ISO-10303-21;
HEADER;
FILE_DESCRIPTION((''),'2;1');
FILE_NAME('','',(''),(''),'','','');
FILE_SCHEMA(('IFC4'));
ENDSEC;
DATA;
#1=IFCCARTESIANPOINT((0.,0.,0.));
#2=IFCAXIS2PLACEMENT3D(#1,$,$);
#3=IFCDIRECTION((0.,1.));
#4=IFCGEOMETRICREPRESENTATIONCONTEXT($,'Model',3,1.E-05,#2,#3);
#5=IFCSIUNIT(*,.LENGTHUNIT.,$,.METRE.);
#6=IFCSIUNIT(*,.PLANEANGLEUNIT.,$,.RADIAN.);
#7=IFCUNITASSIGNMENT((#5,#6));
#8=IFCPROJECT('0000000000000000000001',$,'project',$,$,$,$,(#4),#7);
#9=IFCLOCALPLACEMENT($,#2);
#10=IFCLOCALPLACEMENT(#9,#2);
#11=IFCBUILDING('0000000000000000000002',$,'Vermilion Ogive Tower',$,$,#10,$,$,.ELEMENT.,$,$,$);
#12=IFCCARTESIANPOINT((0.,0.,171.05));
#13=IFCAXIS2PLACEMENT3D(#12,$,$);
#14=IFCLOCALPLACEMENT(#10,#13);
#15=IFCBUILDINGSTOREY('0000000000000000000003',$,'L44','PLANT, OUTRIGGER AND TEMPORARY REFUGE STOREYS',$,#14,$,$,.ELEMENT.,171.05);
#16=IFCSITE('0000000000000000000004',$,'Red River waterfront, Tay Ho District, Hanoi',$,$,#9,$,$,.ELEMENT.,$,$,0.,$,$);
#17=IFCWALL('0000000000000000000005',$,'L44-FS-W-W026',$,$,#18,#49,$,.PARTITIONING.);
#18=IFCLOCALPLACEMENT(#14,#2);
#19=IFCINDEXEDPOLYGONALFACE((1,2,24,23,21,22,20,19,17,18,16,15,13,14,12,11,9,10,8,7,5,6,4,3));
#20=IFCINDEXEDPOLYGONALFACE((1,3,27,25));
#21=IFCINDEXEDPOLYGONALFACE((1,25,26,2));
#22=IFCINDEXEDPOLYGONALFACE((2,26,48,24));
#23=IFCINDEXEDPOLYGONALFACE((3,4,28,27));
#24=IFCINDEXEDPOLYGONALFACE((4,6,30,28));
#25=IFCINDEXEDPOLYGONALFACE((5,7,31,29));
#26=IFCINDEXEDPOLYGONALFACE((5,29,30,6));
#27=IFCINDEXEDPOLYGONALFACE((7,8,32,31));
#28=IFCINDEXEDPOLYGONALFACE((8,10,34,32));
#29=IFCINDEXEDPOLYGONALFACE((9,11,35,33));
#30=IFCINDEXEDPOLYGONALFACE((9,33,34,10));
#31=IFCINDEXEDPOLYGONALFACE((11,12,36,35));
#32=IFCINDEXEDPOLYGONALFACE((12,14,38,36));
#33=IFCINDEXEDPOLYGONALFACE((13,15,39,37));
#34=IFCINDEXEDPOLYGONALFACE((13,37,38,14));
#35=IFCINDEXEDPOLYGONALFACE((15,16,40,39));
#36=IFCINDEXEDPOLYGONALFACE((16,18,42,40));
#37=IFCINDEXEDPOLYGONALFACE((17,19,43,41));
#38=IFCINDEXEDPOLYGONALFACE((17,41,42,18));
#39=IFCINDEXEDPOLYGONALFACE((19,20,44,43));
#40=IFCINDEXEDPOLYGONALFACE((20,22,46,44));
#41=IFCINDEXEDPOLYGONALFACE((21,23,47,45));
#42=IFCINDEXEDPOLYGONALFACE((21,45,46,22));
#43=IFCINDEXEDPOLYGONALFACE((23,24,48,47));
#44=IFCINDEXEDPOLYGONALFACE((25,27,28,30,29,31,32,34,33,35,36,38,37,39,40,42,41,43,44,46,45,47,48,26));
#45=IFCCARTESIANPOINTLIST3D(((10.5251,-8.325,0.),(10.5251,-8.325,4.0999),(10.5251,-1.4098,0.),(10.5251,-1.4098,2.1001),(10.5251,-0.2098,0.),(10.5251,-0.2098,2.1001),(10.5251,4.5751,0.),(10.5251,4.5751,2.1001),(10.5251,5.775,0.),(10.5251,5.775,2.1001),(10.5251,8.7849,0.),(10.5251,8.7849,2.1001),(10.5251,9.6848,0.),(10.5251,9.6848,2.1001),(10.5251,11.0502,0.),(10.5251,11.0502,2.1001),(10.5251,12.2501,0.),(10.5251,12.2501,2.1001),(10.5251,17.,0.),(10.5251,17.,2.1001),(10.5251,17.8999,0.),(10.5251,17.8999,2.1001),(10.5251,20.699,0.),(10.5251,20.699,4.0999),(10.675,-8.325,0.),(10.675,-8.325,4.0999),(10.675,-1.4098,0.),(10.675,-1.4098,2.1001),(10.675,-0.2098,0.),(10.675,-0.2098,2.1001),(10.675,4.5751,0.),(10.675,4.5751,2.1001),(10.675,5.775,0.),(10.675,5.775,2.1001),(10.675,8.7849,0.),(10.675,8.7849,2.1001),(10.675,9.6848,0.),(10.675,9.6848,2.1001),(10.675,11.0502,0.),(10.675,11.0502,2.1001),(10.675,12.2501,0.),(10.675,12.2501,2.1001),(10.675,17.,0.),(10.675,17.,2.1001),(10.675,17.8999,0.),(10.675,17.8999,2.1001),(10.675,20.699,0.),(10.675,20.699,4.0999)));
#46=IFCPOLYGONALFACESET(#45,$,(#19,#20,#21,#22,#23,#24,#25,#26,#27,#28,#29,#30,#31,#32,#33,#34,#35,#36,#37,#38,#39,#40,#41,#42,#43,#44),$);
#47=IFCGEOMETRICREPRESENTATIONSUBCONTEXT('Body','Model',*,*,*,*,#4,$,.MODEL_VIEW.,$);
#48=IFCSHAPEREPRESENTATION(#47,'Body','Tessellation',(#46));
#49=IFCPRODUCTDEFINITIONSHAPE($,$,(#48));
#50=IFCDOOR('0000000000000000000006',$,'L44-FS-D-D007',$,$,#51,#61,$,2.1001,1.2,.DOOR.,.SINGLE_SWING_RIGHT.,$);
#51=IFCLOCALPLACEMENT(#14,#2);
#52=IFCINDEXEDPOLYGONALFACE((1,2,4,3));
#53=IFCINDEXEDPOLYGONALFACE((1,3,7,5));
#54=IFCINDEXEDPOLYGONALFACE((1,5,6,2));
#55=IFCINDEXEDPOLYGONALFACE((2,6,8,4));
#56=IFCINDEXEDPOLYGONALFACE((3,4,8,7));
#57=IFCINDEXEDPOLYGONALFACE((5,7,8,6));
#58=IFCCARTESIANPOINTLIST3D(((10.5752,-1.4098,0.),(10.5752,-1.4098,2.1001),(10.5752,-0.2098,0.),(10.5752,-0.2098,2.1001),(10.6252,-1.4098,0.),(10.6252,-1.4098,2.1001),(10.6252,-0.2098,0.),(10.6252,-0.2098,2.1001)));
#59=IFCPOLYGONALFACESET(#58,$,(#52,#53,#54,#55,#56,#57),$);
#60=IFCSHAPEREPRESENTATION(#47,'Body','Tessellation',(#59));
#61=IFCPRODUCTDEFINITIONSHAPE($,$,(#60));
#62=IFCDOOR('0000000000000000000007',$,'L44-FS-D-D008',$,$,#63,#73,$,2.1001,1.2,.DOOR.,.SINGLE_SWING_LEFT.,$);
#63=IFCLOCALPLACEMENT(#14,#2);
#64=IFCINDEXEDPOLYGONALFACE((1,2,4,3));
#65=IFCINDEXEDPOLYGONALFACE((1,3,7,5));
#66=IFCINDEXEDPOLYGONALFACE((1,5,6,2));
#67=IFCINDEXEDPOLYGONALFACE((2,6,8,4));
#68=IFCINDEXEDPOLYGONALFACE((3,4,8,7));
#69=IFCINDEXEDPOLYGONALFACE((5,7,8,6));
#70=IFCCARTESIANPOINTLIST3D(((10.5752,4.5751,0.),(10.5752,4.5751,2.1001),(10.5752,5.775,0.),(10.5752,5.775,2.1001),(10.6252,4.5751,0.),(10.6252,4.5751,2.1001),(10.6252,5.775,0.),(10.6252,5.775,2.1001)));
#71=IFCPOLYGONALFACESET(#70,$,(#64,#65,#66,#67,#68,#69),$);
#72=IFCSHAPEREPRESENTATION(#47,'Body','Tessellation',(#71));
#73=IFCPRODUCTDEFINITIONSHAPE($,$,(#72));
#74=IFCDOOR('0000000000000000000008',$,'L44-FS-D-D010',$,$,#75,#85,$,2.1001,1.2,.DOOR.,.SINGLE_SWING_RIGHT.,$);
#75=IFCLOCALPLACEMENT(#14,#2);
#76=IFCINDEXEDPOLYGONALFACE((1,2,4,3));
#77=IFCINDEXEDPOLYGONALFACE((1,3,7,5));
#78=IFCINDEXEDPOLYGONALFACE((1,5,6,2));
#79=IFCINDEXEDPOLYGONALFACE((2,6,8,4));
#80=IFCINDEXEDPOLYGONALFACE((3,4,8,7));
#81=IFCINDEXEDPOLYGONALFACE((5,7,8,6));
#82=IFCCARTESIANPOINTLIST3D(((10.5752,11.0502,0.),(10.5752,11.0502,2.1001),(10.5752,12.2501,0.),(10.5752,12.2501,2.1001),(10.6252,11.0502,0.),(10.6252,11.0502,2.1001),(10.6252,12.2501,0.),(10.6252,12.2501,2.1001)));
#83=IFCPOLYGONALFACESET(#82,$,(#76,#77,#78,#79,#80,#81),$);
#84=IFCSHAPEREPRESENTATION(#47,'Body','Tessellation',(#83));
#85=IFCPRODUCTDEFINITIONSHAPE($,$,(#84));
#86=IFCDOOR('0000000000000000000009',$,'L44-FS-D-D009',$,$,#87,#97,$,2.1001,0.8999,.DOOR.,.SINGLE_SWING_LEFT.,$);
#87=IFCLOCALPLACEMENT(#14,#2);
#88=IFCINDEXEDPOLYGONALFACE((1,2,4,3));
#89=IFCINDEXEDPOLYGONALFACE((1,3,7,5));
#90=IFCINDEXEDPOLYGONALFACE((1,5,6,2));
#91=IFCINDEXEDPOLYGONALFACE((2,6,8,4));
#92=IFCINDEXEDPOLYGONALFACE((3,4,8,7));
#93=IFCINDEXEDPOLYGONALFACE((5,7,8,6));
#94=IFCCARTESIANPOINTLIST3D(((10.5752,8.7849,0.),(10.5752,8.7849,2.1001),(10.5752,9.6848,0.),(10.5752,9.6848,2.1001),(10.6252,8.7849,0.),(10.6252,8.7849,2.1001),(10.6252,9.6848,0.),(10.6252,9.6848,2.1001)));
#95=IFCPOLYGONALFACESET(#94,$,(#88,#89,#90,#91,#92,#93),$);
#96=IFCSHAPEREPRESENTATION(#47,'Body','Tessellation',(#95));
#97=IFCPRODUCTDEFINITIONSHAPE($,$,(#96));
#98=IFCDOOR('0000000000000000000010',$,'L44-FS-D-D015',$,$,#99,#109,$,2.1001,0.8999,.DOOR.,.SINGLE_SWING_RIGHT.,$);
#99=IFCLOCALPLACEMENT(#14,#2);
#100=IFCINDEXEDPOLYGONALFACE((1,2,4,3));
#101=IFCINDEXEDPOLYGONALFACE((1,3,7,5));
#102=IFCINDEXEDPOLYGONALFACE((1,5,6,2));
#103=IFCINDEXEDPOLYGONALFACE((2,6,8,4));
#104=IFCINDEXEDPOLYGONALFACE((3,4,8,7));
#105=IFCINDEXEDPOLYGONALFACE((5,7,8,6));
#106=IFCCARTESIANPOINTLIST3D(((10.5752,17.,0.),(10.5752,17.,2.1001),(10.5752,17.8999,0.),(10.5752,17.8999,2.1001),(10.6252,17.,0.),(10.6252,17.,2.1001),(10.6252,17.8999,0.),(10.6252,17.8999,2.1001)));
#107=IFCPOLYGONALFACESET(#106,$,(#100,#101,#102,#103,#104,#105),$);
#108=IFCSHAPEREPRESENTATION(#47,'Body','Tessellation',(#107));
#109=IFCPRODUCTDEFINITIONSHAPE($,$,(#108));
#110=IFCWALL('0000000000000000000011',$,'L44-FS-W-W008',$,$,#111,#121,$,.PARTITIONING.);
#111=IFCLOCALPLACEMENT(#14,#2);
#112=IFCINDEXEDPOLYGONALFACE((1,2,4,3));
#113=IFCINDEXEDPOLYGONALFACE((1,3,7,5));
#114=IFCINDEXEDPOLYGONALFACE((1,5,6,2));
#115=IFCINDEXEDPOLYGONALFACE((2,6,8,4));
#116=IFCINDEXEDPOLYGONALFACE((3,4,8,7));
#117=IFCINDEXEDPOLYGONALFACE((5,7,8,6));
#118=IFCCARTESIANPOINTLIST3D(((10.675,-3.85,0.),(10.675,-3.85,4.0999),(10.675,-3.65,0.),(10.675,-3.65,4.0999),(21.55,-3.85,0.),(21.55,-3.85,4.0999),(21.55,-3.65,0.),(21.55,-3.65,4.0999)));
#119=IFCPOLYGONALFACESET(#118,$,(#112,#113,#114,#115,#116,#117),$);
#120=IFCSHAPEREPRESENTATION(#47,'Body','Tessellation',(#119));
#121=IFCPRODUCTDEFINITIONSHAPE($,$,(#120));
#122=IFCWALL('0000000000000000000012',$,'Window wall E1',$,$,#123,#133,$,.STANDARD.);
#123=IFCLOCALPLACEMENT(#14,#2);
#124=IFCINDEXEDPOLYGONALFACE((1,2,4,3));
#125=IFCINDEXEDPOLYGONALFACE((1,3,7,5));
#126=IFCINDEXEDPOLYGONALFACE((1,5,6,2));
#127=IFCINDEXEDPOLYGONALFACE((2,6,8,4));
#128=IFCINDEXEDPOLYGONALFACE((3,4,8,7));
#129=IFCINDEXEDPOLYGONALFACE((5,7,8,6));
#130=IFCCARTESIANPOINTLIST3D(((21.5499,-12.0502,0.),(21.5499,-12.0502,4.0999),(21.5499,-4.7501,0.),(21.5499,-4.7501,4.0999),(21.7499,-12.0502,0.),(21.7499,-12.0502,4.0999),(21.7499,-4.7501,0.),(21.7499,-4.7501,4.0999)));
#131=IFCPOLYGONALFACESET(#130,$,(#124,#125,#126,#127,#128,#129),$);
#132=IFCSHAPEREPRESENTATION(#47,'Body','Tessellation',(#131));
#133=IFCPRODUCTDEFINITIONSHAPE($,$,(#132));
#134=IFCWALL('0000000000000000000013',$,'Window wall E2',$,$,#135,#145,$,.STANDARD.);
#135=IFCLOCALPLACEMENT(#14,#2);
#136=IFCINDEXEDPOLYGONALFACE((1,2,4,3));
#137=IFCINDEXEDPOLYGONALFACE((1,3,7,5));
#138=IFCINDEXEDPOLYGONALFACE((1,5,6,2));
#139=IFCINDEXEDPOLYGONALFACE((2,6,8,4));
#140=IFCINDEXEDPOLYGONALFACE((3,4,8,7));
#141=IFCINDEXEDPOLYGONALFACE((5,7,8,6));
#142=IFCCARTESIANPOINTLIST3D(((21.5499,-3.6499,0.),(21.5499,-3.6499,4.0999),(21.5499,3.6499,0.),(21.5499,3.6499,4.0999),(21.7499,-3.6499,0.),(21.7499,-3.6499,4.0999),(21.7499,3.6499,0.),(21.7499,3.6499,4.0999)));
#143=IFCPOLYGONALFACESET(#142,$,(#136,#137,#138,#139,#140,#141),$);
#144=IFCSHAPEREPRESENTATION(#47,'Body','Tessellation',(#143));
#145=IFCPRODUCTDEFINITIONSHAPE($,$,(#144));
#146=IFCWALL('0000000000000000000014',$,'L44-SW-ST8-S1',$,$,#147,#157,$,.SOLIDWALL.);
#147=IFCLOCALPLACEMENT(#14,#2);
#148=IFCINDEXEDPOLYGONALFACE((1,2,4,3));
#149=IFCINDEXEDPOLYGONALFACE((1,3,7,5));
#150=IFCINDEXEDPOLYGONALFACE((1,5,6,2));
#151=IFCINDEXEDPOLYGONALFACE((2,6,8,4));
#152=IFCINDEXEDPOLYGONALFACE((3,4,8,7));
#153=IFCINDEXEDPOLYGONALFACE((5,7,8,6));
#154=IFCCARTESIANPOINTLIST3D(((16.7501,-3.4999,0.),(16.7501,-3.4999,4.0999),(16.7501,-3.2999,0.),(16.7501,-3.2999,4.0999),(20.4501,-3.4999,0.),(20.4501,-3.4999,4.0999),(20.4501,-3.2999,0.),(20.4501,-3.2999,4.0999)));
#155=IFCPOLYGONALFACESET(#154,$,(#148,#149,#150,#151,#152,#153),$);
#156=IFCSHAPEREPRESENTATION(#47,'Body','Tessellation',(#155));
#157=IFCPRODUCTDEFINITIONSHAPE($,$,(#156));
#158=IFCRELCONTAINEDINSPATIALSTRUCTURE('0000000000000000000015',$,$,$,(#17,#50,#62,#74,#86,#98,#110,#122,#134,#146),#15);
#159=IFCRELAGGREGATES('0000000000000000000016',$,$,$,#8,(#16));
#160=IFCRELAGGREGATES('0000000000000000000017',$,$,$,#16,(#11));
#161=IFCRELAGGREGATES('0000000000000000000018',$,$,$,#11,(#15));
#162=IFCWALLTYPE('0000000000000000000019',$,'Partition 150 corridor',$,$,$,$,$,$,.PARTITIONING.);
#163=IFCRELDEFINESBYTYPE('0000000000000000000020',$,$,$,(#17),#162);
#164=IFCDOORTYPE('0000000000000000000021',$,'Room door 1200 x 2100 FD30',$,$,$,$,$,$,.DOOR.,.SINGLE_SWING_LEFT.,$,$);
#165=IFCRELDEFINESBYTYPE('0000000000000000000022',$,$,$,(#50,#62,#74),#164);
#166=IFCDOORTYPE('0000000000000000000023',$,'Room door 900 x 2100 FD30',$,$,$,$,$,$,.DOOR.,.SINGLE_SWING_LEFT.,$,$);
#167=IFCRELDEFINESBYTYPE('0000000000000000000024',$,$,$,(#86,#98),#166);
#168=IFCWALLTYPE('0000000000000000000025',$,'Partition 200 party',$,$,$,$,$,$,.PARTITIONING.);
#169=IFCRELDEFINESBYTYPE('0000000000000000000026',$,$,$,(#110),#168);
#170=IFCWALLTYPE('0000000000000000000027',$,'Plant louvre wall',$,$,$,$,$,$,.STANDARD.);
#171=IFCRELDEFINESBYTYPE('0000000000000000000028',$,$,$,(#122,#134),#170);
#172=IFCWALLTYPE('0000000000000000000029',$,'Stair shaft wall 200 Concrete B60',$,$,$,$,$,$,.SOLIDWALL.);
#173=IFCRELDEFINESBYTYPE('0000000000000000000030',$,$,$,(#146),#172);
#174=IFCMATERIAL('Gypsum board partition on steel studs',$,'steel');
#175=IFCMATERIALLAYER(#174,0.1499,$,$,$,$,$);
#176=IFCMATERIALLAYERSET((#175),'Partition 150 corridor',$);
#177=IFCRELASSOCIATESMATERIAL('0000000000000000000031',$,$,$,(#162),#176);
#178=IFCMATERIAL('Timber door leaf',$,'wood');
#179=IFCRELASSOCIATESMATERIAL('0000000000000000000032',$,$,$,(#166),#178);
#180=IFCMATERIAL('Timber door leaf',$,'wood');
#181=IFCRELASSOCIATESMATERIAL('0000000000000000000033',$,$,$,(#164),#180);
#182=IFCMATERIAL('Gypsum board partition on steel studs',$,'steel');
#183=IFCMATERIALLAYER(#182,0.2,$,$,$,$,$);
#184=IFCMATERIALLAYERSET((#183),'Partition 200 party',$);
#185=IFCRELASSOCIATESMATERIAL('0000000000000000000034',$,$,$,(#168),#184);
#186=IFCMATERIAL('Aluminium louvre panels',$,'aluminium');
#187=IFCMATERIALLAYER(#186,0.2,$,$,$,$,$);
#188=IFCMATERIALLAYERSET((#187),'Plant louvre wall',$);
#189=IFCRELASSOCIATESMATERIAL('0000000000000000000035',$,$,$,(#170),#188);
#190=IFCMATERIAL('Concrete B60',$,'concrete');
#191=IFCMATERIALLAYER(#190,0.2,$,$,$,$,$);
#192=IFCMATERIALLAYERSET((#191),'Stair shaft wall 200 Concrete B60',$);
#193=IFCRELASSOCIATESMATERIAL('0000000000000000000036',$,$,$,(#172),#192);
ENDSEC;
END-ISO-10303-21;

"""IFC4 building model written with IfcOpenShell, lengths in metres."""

from ifc_helpers import new_model, si_unit, direction, frame, frame_2d, origin, place, context, subcontext, project, spatial, rectangle, extrude, material, layer, layer_set, type_object, element, fill, save


model = new_model("IFC4")

# Units and contexts
model_context = context("Model", 3, precision=1e-05, world=origin(), true_north=direction((0.0, 1.0)))
body_context = subcontext(model_context, "Body", "Model", "MODEL_VIEW")
ifc_project = project(units=[si_unit("LENGTHUNIT", "METRE"), si_unit("PLANEANGLEUNIT", "RADIAN")], contexts=[model_context])

# Site, building, storey
site_placement = place(None, origin())
site = spatial("IfcSite", under=ifc_project, at=site_placement, Name="Red River waterfront, Tay Ho District, Hanoi", CompositionType="ELEMENT", RefElevation=0.0)
building_placement = place(site_placement, origin())
building = spatial("IfcBuilding", under=site, at=building_placement, Name="Vermilion Ogive Tower", CompositionType="ELEMENT")
storey_placement = place(building_placement, frame((0.0, 0.0, 171.05)))
storey = spatial("IfcBuildingStorey", under=building, at=storey_placement, Name="L44", Description="PLANT, OUTRIGGER AND TEMPORARY REFUGE STOREYS", CompositionType="ELEMENT", Elevation=171.05)

# Shared definitions
ifc_material_1 = material(Name="Gypsum board partition on steel studs", Category="steel")
ifc_layer_1 = layer(ifc_material_1, 0.1499)
ifc_layer_set_1 = layer_set([ifc_layer_1], Name="Partition 150 corridor")
wall_type_1 = type_object("IfcWallType", Name="Partition 150 corridor", PredefinedType="PARTITIONING", material=ifc_layer_set_1)
ifc_material_2 = material(Name="Timber door leaf", Category="wood")
door_type_1 = type_object("IfcDoorType", Name="Room door 900 x 2100 FD30", OperationType="SINGLE_SWING_LEFT", PredefinedType="DOOR", material=ifc_material_2)

# Wall, openings, doors
wall_1_placement = place(storey_placement, frame((10.6001, -8.325, 0.0), z_axis=(0.0, 0.0, 1.0), x_axis=(0.0, 1.0, 0.0)))
wall_1 = element("IfcWall", 1, at=wall_1_placement, inside=storey, type_object=wall_type_1, Name="L44-FS-W-W026", PredefinedType="PARTITIONING", context=body_context, shape_type="SweptSolid", body=[
    extrude(rectangle(XDim=29.0239, YDim=0.1499, at=frame_2d((14.512, 0.0))), origin(), (0.0, 0.0, 1.0), 4.0999),
])
opening_1_placement = place(wall_1_placement, frame((6.915, 0.0, 0.0)))
opening_1 = element("IfcOpeningElement", 2, at=opening_1_placement, cuts=wall_1, PredefinedType="OPENING", context=body_context, shape_type="SweptSolid", body=[
    extrude(rectangle(XDim=1.2, YDim=2.1001, at=frame_2d((0.6001, 1.05))), frame((0.0, 0.085, 0.0), z_axis=(0.0, -1.0, 0.0), x_axis=(1.0, 0.0, 0.0)), (0.0, 0.0, 1.0), 0.1699),
])
opening_2_placement = place(wall_1_placement, frame((12.8999, 0.0, 0.0)))
opening_2 = element("IfcOpeningElement", 3, at=opening_2_placement, cuts=wall_1, PredefinedType="OPENING", context=body_context, shape_type="SweptSolid", body=[
    extrude(rectangle(XDim=1.2, YDim=2.1001, at=frame_2d((0.6001, 1.05))), frame((0.0, 0.085, 0.0), z_axis=(0.0, -1.0, 0.0), x_axis=(1.0, 0.0, 0.0)), (0.0, 0.0, 1.0), 0.1699),
])
opening_3_placement = place(wall_1_placement, frame((17.1099, 0.0, 0.0)))
opening_3 = element("IfcOpeningElement", 4, at=opening_3_placement, cuts=wall_1, PredefinedType="OPENING", context=body_context, shape_type="SweptSolid", body=[
    extrude(rectangle(XDim=0.8999, YDim=2.1001, at=frame_2d((0.45, 1.05))), frame((0.0, 0.085, 0.0), z_axis=(0.0, -1.0, 0.0), x_axis=(1.0, 0.0, 0.0)), (0.0, 0.0, 1.0), 0.1699),
])
opening_4_placement = place(wall_1_placement, frame((19.375, 0.0, 0.0)))
opening_4 = element("IfcOpeningElement", 5, at=opening_4_placement, cuts=wall_1, PredefinedType="OPENING", context=body_context, shape_type="SweptSolid", body=[
    extrude(rectangle(XDim=1.2, YDim=2.1001, at=frame_2d((0.6001, 1.05))), frame((0.0, 0.085, 0.0), z_axis=(0.0, -1.0, 0.0), x_axis=(1.0, 0.0, 0.0)), (0.0, 0.0, 1.0), 0.1699),
])
opening_5_placement = place(wall_1_placement, frame((25.325, 0.0, 0.0)))
opening_5 = element("IfcOpeningElement", 6, at=opening_5_placement, cuts=wall_1, PredefinedType="OPENING", context=body_context, shape_type="SweptSolid", body=[
    extrude(rectangle(XDim=0.8999, YDim=2.1001, at=frame_2d((0.45, 1.05))), frame((0.0, 0.085, 0.0), z_axis=(0.0, -1.0, 0.0), x_axis=(1.0, 0.0, 0.0)), (0.0, 0.0, 1.0), 0.1699),
])
ifc_material_3 = material(Name="Timber door leaf", Category="wood")
door_type_2 = type_object("IfcDoorType", Name="Room door 1200 x 2100 FD30", OperationType="SINGLE_SWING_LEFT", PredefinedType="DOOR", material=ifc_material_3)
door_1_placement = place(opening_1_placement, origin())
door_1 = element("IfcDoor", 7, at=door_1_placement, inside=storey, type_object=door_type_2, Name="L44-FS-D-D007", OperationType="SINGLE_SWING_RIGHT", OverallHeight=2.1001, OverallWidth=1.2, PredefinedType="DOOR", context=body_context, shape_type="SweptSolid", body=[
    extrude(rectangle(XDim=1.2, YDim=2.1001, at=frame_2d((0.6001, 1.05))), frame((0.0, 0.0249, 0.0), z_axis=(0.0, -1.0, 0.0), x_axis=(1.0, 0.0, 0.0)), (0.0, 0.0, 1.0), 0.05),
])
fill(opening_1, door_1)
door_2_placement = place(opening_2_placement, origin())
door_2 = element("IfcDoor", 8, at=door_2_placement, inside=storey, type_object=door_type_2, Name="L44-FS-D-D008", OperationType="SINGLE_SWING_LEFT", OverallHeight=2.1001, OverallWidth=1.2, PredefinedType="DOOR", context=body_context, shape_type="SweptSolid", body=[
    extrude(rectangle(XDim=1.2, YDim=2.1001, at=frame_2d((0.6001, 1.05))), frame((0.0, 0.0249, 0.0), z_axis=(0.0, -1.0, 0.0), x_axis=(1.0, 0.0, 0.0)), (0.0, 0.0, 1.0), 0.05),
])
fill(opening_2, door_2)
door_3_placement = place(opening_4_placement, origin())
door_3 = element("IfcDoor", 9, at=door_3_placement, inside=storey, type_object=door_type_2, Name="L44-FS-D-D010", OperationType="SINGLE_SWING_RIGHT", OverallHeight=2.1001, OverallWidth=1.2, PredefinedType="DOOR", context=body_context, shape_type="SweptSolid", body=[
    extrude(rectangle(XDim=1.2, YDim=2.1001, at=frame_2d((0.6001, 1.05))), frame((0.0, 0.0249, 0.0), z_axis=(0.0, -1.0, 0.0), x_axis=(1.0, 0.0, 0.0)), (0.0, 0.0, 1.0), 0.05),
])
fill(opening_4, door_3)
door_4_placement = place(opening_3_placement, origin())
door_4 = element("IfcDoor", 10, at=door_4_placement, inside=storey, type_object=door_type_1, Name="L44-FS-D-D009", OperationType="SINGLE_SWING_LEFT", OverallHeight=2.1001, OverallWidth=0.8999, PredefinedType="DOOR", context=body_context, shape_type="SweptSolid", body=[
    extrude(rectangle(XDim=0.8999, YDim=2.1001, at=frame_2d((0.45, 1.05))), frame((0.0, 0.0249, 0.0), z_axis=(0.0, -1.0, 0.0), x_axis=(1.0, 0.0, 0.0)), (0.0, 0.0, 1.0), 0.05),
])
fill(opening_3, door_4)
door_5_placement = place(opening_5_placement, origin())
door_5 = element("IfcDoor", 11, at=door_5_placement, inside=storey, type_object=door_type_1, Name="L44-FS-D-D015", OperationType="SINGLE_SWING_RIGHT", OverallHeight=2.1001, OverallWidth=0.8999, PredefinedType="DOOR", context=body_context, shape_type="SweptSolid", body=[
    extrude(rectangle(XDim=0.8999, YDim=2.1001, at=frame_2d((0.45, 1.05))), frame((0.0, 0.0249, 0.0), z_axis=(0.0, -1.0, 0.0), x_axis=(1.0, 0.0, 0.0)), (0.0, 0.0, 1.0), 0.05),
])
fill(opening_5, door_5)

# Walls
ifc_material_4 = material(Name="Gypsum board partition on steel studs", Category="steel")
ifc_layer_2 = layer(ifc_material_4, 0.2)
ifc_layer_set_2 = layer_set([ifc_layer_2], Name="Partition 200 party")
wall_type_2 = type_object("IfcWallType", Name="Partition 200 party", PredefinedType="PARTITIONING", material=ifc_layer_set_2)
wall_2_placement = place(storey_placement, frame((10.675, -3.75, 0.0), z_axis=(0.0, 0.0, 1.0), x_axis=(1.0, 0.0, 0.0)))
element("IfcWall", 12, at=wall_2_placement, inside=storey, type_object=wall_type_2, Name="L44-FS-W-W008", PredefinedType="PARTITIONING", context=body_context, shape_type="SweptSolid", body=[
    extrude(rectangle(XDim=10.875, YDim=0.2, at=frame_2d((5.4375, 0.0))), origin(), (0.0, 0.0, 1.0), 4.0999),
])
ifc_material_5 = material(Name="Aluminium louvre panels", Category="aluminium")
ifc_layer_3 = layer(ifc_material_5, 0.2)
ifc_layer_set_3 = layer_set([ifc_layer_3], Name="Plant louvre wall")
wall_type_3 = type_object("IfcWallType", Name="Plant louvre wall", PredefinedType="STANDARD", material=ifc_layer_set_3)
wall_3_placement = place(storey_placement, frame((21.6499, -12.05, 0.0), z_axis=(0.0, 0.0, 1.0), x_axis=(0.0, 1.0, 0.0)))
element("IfcWall", 13, at=wall_3_placement, inside=storey, type_object=wall_type_3, Name="Window wall E1", PredefinedType="STANDARD", context=body_context, shape_type="SweptSolid", body=[
    extrude(rectangle(XDim=7.3, YDim=0.2, at=frame_2d((3.6499, 0.0))), origin(), (0.0, 0.0, 1.0), 4.0999),
])
wall_4_placement = place(storey_placement, frame((21.6499, -3.6499, 0.0), z_axis=(0.0, 0.0, 1.0), x_axis=(0.0, 1.0, 0.0)))
element("IfcWall", 14, at=wall_4_placement, inside=storey, type_object=wall_type_3, Name="Window wall E2", PredefinedType="STANDARD", context=body_context, shape_type="SweptSolid", body=[
    extrude(rectangle(XDim=7.2998, YDim=0.2, at=frame_2d((3.6499, 0.0))), origin(), (0.0, 0.0, 1.0), 4.0999),
])
ifc_material_6 = material(Name="Concrete B60", Category="concrete")
ifc_layer_4 = layer(ifc_material_6, 0.2)
ifc_layer_set_4 = layer_set([ifc_layer_4], Name="Stair shaft wall 200 Concrete B60")
wall_type_4 = type_object("IfcWallType", Name="Stair shaft wall 200 Concrete B60", PredefinedType="SOLIDWALL", material=ifc_layer_set_4)
wall_5_placement = place(storey_placement, frame((16.75, -3.3999, 0.0), z_axis=(0.0, 0.0, 1.0), x_axis=(1.0, 0.0, 0.0)))
element("IfcWall", 15, at=wall_5_placement, inside=storey, type_object=wall_type_4, Name="L44-SW-ST8-S1", PredefinedType="SOLIDWALL", context=body_context, shape_type="SweptSolid", body=[
    extrude(rectangle(XDim=3.7, YDim=0.2, at=frame_2d((1.8501, 0.0))), origin(), (0.0, 0.0, 1.0), 4.0999),
])

save(model, "model.ifc")
